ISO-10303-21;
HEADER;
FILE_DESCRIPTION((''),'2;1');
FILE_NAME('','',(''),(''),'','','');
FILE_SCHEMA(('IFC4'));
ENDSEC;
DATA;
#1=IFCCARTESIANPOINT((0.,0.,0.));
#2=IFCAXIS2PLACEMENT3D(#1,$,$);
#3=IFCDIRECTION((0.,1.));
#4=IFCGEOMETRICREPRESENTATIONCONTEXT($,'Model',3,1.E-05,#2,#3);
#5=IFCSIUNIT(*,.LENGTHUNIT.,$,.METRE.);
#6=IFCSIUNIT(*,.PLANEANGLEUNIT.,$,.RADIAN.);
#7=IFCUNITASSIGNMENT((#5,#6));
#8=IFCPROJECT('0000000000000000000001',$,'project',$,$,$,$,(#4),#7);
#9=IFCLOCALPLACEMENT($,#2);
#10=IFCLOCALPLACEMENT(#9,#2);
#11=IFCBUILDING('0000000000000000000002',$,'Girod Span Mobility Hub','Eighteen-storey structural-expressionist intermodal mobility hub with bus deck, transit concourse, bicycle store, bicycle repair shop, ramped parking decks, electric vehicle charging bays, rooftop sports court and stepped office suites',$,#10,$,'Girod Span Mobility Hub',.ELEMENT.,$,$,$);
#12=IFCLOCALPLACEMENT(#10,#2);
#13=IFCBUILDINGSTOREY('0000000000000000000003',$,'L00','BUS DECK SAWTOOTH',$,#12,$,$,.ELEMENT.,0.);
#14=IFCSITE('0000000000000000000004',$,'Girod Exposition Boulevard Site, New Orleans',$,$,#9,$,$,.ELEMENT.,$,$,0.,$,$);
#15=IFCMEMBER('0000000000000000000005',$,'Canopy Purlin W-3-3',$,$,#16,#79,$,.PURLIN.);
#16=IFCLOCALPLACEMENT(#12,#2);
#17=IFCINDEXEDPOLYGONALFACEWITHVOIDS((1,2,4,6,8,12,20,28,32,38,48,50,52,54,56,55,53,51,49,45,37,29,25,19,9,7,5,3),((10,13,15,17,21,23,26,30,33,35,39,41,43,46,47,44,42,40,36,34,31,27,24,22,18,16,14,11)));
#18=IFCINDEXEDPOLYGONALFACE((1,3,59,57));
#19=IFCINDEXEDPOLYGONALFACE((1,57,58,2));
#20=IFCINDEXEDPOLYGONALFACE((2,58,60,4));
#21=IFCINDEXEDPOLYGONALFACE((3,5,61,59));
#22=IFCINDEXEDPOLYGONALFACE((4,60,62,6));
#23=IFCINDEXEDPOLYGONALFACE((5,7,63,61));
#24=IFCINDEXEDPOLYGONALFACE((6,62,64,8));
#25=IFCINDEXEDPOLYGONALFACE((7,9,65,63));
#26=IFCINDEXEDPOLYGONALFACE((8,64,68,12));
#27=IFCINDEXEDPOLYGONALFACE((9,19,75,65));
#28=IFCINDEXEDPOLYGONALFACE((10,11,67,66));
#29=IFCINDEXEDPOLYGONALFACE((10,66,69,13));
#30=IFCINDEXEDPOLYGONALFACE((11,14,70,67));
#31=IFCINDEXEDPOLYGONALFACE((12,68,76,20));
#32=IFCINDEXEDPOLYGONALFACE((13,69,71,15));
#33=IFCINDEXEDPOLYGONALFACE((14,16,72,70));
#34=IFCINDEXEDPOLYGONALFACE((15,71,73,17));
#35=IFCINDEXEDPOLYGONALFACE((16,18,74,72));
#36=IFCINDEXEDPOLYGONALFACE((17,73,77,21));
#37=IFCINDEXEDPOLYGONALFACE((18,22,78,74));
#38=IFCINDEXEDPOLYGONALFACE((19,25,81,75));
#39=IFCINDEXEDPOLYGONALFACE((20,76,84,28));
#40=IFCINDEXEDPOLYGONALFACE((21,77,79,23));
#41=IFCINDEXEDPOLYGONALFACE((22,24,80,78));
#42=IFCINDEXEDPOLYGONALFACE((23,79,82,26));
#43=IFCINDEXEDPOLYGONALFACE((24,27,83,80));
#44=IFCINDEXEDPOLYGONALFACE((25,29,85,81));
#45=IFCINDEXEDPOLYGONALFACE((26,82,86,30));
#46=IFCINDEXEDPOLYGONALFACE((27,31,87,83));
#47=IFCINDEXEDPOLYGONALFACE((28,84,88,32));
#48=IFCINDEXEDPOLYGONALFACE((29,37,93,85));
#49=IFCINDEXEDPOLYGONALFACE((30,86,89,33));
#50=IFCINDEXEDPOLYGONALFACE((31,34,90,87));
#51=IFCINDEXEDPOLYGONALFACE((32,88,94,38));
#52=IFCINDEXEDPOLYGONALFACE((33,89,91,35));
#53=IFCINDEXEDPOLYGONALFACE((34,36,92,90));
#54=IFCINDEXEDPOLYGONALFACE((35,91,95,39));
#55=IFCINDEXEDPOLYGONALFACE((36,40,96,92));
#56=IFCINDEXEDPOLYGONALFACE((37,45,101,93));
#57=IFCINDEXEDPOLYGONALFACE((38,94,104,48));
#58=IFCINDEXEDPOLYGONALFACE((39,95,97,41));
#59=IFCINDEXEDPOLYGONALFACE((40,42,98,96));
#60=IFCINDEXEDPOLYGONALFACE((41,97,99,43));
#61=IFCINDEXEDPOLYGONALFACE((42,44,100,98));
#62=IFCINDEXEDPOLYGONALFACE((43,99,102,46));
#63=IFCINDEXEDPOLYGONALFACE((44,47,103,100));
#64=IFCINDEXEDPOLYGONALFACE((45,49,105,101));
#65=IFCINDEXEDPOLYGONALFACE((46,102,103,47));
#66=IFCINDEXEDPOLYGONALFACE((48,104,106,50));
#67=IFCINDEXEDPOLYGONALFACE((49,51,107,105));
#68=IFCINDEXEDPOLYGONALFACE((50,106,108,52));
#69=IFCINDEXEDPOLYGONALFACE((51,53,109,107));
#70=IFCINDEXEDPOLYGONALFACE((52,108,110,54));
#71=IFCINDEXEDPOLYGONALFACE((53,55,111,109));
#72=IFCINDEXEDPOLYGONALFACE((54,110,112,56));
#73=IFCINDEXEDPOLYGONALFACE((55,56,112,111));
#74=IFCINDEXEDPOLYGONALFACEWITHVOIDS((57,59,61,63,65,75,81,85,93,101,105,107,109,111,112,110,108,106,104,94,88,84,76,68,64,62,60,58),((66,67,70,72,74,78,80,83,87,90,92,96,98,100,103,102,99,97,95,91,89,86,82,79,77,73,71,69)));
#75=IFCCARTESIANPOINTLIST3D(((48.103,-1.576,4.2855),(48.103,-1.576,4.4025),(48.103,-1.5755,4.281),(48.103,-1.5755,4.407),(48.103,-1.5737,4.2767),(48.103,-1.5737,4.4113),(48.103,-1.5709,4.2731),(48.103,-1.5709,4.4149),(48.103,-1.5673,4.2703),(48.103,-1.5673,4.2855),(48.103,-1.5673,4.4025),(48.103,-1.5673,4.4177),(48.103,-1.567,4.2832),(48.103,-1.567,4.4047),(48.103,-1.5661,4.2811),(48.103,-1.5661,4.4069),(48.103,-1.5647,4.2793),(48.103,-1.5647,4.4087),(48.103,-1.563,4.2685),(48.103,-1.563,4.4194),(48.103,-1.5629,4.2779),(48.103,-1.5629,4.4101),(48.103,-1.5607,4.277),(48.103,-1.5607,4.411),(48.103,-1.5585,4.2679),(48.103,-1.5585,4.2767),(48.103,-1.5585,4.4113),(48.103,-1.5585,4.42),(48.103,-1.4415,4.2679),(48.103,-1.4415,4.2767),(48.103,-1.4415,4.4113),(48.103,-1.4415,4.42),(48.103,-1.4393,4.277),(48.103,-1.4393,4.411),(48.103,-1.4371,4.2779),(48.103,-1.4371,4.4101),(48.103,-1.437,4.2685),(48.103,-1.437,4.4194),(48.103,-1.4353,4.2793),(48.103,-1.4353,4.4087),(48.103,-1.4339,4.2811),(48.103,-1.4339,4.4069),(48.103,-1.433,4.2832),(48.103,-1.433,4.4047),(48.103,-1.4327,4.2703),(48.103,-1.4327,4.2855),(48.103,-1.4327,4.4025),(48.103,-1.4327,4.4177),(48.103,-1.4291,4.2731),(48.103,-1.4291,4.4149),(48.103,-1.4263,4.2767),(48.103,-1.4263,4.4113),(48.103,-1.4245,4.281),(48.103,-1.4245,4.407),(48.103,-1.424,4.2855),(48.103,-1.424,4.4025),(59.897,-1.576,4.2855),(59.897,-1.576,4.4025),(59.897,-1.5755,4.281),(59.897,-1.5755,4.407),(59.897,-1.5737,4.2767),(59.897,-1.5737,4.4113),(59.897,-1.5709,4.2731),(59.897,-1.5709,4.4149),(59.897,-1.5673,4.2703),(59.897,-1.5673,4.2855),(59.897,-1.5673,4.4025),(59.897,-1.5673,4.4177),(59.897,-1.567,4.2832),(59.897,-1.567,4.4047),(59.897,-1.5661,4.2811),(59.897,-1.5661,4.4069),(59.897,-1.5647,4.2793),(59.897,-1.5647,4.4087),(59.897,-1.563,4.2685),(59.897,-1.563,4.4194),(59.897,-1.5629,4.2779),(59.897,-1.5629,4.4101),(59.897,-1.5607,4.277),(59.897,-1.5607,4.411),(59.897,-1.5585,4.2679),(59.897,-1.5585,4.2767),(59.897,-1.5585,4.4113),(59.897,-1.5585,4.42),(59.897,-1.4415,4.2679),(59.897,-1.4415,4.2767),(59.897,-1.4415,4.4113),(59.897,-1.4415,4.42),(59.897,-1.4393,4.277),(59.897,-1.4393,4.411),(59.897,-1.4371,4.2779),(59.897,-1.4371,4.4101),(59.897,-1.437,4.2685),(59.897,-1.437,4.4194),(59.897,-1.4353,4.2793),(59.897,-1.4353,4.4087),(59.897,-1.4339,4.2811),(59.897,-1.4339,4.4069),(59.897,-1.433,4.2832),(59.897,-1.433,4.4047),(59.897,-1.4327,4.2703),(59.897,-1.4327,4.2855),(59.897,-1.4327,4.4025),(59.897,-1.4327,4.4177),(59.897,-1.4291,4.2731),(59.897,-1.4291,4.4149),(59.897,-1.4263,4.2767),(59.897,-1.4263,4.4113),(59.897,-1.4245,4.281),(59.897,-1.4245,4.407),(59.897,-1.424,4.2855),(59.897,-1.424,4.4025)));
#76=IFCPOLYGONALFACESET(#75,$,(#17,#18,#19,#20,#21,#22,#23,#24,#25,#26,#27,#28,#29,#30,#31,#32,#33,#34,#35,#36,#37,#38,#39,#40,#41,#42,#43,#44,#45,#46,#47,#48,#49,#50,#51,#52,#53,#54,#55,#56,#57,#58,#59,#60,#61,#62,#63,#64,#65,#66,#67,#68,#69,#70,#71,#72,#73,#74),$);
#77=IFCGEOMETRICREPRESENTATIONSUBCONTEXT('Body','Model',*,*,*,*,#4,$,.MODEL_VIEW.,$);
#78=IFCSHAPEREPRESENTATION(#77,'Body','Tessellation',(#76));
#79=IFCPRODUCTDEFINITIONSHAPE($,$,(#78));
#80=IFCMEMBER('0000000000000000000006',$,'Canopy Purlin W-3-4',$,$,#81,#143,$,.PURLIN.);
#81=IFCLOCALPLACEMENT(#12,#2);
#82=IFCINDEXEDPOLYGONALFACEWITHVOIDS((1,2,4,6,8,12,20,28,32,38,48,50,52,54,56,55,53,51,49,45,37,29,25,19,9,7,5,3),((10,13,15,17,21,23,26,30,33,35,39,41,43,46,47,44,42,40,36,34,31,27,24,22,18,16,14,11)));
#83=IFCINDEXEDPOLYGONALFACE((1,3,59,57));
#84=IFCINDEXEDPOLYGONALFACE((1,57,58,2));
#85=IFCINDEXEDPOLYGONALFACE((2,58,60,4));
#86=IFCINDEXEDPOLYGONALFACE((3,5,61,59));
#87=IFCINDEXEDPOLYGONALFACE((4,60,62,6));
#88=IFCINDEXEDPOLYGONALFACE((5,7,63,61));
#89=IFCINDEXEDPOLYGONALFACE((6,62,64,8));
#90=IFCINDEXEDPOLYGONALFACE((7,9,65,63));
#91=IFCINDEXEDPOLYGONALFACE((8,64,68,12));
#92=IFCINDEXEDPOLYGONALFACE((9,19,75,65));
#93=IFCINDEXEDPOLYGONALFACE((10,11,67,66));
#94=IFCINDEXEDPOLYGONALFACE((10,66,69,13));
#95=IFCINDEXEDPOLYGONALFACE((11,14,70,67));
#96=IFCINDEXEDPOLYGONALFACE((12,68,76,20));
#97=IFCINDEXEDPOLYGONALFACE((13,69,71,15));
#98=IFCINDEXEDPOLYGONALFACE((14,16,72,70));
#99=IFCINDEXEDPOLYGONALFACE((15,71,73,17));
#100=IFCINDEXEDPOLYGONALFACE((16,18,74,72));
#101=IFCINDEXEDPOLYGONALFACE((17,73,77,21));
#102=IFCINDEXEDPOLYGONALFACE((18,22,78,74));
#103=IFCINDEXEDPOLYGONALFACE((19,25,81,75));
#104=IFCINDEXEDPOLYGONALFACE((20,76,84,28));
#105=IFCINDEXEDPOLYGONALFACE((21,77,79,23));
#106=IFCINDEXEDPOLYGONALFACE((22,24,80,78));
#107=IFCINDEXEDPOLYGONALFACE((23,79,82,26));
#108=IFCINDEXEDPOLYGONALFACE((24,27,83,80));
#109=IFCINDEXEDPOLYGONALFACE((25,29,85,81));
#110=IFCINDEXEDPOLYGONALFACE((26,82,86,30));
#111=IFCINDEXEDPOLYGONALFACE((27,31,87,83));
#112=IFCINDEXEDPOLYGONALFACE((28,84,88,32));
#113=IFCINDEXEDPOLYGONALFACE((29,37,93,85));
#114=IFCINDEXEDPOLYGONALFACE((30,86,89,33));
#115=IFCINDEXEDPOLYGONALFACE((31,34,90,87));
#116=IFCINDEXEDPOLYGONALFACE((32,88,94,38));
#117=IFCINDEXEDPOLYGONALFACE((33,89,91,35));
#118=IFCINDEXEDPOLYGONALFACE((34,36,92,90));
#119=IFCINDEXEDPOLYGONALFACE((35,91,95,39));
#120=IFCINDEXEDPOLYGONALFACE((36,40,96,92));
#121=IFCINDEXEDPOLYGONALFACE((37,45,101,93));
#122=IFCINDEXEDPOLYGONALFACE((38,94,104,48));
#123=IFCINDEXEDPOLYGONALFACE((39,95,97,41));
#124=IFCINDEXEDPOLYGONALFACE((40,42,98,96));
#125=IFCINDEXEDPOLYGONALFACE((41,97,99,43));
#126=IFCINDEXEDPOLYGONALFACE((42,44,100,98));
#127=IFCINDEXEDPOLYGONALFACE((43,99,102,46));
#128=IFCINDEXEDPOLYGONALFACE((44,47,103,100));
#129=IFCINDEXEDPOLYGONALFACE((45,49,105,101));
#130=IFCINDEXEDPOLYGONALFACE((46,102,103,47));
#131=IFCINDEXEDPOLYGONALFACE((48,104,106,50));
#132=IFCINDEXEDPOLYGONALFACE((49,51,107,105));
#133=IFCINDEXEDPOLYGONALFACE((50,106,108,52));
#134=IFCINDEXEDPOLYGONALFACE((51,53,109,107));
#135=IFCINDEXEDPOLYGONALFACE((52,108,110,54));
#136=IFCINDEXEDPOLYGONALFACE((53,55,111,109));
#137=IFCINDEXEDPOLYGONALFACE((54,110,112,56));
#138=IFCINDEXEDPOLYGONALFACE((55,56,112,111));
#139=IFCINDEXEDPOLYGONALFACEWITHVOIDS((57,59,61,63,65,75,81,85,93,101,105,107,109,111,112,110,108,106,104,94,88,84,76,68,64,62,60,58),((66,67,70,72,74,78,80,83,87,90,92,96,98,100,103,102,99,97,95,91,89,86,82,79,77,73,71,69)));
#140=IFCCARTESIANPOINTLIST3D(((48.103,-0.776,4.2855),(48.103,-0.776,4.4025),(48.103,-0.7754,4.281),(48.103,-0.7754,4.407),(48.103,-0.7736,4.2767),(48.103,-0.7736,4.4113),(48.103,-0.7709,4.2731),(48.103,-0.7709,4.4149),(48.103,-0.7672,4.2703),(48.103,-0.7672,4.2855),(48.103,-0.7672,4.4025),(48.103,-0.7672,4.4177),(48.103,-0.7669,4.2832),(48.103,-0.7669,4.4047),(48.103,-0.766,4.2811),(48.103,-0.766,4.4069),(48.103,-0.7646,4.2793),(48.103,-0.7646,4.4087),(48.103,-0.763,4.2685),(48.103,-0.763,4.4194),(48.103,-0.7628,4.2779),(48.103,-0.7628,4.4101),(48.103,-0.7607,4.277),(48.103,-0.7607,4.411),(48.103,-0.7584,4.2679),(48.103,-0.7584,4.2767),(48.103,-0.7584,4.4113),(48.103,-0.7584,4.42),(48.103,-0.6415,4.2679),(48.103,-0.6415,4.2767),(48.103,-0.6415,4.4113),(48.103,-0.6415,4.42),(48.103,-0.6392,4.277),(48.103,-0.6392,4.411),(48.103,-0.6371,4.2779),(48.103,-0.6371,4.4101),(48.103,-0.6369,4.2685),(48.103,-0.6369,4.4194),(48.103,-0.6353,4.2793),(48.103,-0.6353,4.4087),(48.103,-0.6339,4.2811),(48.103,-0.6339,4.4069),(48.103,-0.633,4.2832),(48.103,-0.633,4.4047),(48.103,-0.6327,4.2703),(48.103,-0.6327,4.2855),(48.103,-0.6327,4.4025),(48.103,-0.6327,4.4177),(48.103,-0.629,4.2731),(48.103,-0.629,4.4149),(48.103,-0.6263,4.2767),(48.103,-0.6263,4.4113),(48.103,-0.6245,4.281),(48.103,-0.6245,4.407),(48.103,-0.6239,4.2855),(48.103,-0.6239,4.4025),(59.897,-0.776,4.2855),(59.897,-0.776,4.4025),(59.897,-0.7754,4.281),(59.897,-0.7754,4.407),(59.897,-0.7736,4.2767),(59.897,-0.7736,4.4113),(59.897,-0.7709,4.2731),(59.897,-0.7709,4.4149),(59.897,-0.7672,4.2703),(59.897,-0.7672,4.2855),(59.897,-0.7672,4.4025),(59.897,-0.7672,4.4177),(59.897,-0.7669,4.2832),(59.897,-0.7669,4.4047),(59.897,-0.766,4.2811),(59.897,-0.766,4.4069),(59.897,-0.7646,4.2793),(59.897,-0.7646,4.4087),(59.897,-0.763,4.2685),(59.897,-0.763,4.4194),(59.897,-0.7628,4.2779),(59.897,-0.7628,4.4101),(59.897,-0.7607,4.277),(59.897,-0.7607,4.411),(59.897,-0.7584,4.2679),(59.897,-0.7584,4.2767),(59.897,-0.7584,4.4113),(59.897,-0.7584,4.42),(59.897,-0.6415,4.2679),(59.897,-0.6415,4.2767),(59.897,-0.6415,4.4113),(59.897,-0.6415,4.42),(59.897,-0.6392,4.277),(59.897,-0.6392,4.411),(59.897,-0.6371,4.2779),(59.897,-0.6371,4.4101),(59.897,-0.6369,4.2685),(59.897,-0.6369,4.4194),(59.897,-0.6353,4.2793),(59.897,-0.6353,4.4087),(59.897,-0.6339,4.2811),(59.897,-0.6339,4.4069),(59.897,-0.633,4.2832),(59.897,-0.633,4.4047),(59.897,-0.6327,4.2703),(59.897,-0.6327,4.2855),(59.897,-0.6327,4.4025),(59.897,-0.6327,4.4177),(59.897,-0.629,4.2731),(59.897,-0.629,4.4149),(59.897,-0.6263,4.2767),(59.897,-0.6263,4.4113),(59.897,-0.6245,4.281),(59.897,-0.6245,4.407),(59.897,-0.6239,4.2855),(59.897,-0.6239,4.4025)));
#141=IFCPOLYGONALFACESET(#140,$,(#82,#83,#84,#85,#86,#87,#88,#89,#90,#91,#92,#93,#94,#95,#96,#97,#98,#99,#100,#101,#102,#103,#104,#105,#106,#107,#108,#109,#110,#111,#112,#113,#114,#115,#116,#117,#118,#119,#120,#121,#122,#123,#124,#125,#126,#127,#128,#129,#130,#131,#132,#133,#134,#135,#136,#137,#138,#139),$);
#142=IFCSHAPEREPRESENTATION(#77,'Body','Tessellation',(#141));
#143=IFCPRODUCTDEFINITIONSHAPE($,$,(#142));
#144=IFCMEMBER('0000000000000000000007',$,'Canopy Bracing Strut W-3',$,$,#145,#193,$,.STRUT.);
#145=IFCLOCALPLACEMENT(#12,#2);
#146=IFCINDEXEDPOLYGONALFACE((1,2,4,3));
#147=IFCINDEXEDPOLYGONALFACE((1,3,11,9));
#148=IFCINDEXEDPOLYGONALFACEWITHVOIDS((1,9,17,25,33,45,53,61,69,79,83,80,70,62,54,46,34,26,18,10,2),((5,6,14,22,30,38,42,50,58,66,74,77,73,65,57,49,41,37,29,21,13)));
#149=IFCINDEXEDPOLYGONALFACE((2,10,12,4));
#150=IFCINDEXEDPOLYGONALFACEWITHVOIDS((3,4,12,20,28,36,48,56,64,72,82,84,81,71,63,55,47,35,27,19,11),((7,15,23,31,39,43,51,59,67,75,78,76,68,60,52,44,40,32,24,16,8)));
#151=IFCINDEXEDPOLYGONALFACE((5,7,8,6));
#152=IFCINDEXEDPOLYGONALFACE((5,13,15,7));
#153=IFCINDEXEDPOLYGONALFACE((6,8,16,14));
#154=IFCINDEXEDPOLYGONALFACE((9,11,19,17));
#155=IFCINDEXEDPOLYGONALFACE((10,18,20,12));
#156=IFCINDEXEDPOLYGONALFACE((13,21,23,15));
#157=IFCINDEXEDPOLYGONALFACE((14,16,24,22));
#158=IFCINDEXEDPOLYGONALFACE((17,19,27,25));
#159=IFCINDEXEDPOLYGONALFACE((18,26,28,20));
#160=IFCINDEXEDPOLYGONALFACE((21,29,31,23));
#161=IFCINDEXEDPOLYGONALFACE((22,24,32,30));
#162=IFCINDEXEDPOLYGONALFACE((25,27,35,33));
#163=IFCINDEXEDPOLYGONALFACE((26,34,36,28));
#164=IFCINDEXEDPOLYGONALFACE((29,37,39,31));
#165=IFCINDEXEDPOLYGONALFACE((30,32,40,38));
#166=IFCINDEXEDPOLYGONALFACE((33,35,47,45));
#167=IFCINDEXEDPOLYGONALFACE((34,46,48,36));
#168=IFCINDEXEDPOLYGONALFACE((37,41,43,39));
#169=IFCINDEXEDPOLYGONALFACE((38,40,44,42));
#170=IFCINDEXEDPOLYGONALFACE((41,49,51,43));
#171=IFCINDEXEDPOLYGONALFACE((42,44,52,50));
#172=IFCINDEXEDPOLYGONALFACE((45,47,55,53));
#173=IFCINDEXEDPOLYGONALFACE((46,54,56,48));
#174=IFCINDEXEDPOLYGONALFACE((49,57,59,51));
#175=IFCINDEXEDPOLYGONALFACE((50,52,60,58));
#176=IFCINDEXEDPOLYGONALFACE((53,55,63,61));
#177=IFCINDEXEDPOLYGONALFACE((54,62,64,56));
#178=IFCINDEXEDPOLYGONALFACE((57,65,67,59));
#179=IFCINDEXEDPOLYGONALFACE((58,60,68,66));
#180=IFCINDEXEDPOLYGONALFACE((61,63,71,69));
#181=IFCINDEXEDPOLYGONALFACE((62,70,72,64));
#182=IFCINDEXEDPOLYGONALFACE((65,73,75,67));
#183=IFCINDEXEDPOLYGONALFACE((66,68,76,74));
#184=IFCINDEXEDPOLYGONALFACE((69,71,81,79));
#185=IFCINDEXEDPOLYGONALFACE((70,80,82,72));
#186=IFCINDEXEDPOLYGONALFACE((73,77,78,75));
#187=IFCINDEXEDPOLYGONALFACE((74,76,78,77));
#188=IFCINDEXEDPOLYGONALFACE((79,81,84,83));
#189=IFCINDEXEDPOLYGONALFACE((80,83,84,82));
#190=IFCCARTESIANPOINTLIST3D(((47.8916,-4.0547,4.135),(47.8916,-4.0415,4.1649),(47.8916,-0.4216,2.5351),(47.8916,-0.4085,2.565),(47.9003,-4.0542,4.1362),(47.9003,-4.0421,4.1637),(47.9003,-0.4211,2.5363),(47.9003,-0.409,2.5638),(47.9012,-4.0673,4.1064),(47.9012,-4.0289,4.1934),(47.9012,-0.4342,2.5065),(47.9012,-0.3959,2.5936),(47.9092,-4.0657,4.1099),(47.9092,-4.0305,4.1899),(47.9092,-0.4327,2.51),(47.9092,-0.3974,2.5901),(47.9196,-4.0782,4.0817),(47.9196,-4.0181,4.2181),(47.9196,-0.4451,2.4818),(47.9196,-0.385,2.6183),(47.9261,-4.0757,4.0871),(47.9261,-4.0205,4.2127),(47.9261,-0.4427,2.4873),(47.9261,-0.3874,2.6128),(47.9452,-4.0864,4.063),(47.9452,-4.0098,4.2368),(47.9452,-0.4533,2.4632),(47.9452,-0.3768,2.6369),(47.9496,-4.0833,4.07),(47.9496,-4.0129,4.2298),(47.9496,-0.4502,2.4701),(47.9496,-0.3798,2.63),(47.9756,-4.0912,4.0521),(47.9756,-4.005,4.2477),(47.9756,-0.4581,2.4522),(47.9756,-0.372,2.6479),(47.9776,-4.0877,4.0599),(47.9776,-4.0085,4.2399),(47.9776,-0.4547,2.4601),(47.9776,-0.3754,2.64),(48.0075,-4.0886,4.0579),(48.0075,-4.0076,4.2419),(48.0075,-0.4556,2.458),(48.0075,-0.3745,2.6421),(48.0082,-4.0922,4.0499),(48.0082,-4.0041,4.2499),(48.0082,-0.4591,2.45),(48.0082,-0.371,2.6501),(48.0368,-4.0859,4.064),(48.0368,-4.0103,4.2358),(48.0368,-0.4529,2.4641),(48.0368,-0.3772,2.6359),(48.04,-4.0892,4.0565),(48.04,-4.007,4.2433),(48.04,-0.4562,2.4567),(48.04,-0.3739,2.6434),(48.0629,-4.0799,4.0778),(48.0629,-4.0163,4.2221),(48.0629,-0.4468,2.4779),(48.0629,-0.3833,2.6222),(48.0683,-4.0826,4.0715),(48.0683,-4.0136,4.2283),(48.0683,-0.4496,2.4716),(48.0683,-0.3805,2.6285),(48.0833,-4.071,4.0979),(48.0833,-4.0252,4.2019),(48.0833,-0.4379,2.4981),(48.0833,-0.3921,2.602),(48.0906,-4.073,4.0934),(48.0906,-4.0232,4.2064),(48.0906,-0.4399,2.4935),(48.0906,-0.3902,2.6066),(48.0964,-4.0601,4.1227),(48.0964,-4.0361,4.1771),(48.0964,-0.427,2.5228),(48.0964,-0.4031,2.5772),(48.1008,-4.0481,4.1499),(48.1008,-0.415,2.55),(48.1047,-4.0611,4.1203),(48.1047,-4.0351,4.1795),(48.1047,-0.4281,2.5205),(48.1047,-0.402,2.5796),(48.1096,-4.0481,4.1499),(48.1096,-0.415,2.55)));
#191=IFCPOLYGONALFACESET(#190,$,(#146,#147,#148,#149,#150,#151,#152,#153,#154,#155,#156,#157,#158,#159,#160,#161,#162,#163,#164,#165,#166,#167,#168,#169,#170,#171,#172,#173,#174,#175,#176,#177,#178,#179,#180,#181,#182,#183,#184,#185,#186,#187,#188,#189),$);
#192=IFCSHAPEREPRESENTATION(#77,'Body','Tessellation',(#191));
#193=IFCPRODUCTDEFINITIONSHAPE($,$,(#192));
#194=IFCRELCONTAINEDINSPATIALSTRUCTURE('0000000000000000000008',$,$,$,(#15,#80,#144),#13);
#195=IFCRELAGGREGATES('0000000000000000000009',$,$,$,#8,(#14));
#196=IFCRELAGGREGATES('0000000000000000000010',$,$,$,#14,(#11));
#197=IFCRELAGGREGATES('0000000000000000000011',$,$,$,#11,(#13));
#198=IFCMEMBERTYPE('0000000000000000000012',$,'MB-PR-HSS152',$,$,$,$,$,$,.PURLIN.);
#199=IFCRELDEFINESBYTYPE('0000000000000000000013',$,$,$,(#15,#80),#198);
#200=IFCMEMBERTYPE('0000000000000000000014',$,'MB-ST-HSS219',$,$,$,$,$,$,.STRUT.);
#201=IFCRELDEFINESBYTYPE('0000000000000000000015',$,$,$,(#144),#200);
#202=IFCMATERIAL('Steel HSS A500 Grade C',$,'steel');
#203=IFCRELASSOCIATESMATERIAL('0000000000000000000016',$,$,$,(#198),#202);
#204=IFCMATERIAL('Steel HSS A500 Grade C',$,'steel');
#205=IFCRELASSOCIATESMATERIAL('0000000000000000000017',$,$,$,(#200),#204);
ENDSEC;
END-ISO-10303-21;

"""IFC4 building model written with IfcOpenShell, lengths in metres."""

from ifc_helpers import new_model, si_unit, direction, frame, origin, origin_2d, place, context, subcontext, project, spatial, hollow_rectangle, hollow_circle, extrude, material, material_profile, profile_set, type_object, element, save


model = new_model("IFC4")

# Units and contexts
model_context = context("Model", 3, precision=1e-05, world=origin(), true_north=direction((0.0, 1.0)))
body_context = subcontext(model_context, "Body", "Model", "MODEL_VIEW")
ifc_project = project(units=[si_unit("LENGTHUNIT", "METRE"), si_unit("PLANEANGLEUNIT", "RADIAN")], contexts=[model_context])

# Site, building, storey
site_placement = place(None, origin())
site = spatial("IfcSite", under=ifc_project, at=site_placement, Name="Girod Exposition Boulevard Site, New Orleans", CompositionType="ELEMENT", RefElevation=0.0)
building_placement = place(site_placement, origin())
building = spatial("IfcBuilding", under=site, at=building_placement, Name="Girod Span Mobility Hub", Description="Eighteen-storey structural-expressionist intermodal mobility hub with bus deck, transit concourse, bicycle store, bicycle repair shop, ramped parking decks, electric vehicle charging bays, rooftop sports court and stepped office suites", LongName="Girod Span Mobility Hub", CompositionType="ELEMENT")
storey_placement = place(building_placement, origin())
storey = spatial("IfcBuildingStorey", under=building, at=storey_placement, Name="L00", Description="BUS DECK SAWTOOTH", CompositionType="ELEMENT", Elevation=0.0)

# Members
ifc_material_1 = material(Name="Steel HSS A500 Grade C", Category="steel")
ifc_material_profile_1 = material_profile(ifc_material_1, hollow_rectangle(XDim=0.1521, YDim=0.1521, WallThickness=0.0088, InnerFilletRadius=0.0088, OuterFilletRadius=0.0176, at=origin_2d()), Name="HSS152X152X9.5")
ifc_profile_set_1 = profile_set([ifc_material_profile_1], Name="Steel HSS A500 Grade C")
member_type_1 = type_object("IfcMemberType", Name="MB-PR-HSS152", PredefinedType="PURLIN", material=ifc_profile_set_1)
for number, where, z_axis, x_axis, name in (
    (1, (48.103, -1.5, 4.344), (1.0, 0.0, 0.0), (0.0, 1.0, 0.0), "Canopy Purlin W-3-3"),
    (2, (48.103, -0.7, 4.344), (1.0, 0.0, 0.0), (0.0, 1.0, 0.0), "Canopy Purlin W-3-4"),
):
    element("IfcMember", number, at=place(storey_placement, frame(where, z_axis=z_axis, x_axis=x_axis)), inside=storey, type_object=member_type_1, Name=name, PredefinedType="PURLIN", context=body_context, shape_type="SweptSolid", body=[
        extrude(hollow_rectangle(XDim=0.1521, YDim=0.1521, WallThickness=0.0088, InnerFilletRadius=0.0088, OuterFilletRadius=0.0176, at=origin_2d()), origin(), (0.0, 0.0, 1.0), 11.7939),
    ])
ifc_material_2 = material(Name="Steel HSS A500 Grade C", Category="steel")
ifc_material_profile_2 = material_profile(ifc_material_2, hollow_circle(Radius=0.1096, WallThickness=0.0088, at=origin_2d()), Name="HSS219X9.5")
ifc_profile_set_2 = profile_set([ifc_material_profile_2], Name="Steel HSS A500 Grade C")
member_type_2 = type_object("IfcMemberType", Name="MB-ST-HSS219", PredefinedType="STRUT", material=ifc_profile_set_2)
member_placement = place(storey_placement, frame((48.0, -0.415, 2.55), z_axis=(0.0, -0.915193, 0.403015), x_axis=(1.0, 0.0, 0.0)))
element("IfcMember", 3, at=member_placement, inside=storey, type_object=member_type_2, Name="Canopy Bracing Strut W-3", PredefinedType="STRUT", context=body_context, shape_type="SweptSolid", body=[
    extrude(hollow_circle(Radius=0.1096, WallThickness=0.0088, at=origin_2d()), origin(), (0.0, 0.0, 1.0), 3.9697),
])

save(model, "model.ifc")
